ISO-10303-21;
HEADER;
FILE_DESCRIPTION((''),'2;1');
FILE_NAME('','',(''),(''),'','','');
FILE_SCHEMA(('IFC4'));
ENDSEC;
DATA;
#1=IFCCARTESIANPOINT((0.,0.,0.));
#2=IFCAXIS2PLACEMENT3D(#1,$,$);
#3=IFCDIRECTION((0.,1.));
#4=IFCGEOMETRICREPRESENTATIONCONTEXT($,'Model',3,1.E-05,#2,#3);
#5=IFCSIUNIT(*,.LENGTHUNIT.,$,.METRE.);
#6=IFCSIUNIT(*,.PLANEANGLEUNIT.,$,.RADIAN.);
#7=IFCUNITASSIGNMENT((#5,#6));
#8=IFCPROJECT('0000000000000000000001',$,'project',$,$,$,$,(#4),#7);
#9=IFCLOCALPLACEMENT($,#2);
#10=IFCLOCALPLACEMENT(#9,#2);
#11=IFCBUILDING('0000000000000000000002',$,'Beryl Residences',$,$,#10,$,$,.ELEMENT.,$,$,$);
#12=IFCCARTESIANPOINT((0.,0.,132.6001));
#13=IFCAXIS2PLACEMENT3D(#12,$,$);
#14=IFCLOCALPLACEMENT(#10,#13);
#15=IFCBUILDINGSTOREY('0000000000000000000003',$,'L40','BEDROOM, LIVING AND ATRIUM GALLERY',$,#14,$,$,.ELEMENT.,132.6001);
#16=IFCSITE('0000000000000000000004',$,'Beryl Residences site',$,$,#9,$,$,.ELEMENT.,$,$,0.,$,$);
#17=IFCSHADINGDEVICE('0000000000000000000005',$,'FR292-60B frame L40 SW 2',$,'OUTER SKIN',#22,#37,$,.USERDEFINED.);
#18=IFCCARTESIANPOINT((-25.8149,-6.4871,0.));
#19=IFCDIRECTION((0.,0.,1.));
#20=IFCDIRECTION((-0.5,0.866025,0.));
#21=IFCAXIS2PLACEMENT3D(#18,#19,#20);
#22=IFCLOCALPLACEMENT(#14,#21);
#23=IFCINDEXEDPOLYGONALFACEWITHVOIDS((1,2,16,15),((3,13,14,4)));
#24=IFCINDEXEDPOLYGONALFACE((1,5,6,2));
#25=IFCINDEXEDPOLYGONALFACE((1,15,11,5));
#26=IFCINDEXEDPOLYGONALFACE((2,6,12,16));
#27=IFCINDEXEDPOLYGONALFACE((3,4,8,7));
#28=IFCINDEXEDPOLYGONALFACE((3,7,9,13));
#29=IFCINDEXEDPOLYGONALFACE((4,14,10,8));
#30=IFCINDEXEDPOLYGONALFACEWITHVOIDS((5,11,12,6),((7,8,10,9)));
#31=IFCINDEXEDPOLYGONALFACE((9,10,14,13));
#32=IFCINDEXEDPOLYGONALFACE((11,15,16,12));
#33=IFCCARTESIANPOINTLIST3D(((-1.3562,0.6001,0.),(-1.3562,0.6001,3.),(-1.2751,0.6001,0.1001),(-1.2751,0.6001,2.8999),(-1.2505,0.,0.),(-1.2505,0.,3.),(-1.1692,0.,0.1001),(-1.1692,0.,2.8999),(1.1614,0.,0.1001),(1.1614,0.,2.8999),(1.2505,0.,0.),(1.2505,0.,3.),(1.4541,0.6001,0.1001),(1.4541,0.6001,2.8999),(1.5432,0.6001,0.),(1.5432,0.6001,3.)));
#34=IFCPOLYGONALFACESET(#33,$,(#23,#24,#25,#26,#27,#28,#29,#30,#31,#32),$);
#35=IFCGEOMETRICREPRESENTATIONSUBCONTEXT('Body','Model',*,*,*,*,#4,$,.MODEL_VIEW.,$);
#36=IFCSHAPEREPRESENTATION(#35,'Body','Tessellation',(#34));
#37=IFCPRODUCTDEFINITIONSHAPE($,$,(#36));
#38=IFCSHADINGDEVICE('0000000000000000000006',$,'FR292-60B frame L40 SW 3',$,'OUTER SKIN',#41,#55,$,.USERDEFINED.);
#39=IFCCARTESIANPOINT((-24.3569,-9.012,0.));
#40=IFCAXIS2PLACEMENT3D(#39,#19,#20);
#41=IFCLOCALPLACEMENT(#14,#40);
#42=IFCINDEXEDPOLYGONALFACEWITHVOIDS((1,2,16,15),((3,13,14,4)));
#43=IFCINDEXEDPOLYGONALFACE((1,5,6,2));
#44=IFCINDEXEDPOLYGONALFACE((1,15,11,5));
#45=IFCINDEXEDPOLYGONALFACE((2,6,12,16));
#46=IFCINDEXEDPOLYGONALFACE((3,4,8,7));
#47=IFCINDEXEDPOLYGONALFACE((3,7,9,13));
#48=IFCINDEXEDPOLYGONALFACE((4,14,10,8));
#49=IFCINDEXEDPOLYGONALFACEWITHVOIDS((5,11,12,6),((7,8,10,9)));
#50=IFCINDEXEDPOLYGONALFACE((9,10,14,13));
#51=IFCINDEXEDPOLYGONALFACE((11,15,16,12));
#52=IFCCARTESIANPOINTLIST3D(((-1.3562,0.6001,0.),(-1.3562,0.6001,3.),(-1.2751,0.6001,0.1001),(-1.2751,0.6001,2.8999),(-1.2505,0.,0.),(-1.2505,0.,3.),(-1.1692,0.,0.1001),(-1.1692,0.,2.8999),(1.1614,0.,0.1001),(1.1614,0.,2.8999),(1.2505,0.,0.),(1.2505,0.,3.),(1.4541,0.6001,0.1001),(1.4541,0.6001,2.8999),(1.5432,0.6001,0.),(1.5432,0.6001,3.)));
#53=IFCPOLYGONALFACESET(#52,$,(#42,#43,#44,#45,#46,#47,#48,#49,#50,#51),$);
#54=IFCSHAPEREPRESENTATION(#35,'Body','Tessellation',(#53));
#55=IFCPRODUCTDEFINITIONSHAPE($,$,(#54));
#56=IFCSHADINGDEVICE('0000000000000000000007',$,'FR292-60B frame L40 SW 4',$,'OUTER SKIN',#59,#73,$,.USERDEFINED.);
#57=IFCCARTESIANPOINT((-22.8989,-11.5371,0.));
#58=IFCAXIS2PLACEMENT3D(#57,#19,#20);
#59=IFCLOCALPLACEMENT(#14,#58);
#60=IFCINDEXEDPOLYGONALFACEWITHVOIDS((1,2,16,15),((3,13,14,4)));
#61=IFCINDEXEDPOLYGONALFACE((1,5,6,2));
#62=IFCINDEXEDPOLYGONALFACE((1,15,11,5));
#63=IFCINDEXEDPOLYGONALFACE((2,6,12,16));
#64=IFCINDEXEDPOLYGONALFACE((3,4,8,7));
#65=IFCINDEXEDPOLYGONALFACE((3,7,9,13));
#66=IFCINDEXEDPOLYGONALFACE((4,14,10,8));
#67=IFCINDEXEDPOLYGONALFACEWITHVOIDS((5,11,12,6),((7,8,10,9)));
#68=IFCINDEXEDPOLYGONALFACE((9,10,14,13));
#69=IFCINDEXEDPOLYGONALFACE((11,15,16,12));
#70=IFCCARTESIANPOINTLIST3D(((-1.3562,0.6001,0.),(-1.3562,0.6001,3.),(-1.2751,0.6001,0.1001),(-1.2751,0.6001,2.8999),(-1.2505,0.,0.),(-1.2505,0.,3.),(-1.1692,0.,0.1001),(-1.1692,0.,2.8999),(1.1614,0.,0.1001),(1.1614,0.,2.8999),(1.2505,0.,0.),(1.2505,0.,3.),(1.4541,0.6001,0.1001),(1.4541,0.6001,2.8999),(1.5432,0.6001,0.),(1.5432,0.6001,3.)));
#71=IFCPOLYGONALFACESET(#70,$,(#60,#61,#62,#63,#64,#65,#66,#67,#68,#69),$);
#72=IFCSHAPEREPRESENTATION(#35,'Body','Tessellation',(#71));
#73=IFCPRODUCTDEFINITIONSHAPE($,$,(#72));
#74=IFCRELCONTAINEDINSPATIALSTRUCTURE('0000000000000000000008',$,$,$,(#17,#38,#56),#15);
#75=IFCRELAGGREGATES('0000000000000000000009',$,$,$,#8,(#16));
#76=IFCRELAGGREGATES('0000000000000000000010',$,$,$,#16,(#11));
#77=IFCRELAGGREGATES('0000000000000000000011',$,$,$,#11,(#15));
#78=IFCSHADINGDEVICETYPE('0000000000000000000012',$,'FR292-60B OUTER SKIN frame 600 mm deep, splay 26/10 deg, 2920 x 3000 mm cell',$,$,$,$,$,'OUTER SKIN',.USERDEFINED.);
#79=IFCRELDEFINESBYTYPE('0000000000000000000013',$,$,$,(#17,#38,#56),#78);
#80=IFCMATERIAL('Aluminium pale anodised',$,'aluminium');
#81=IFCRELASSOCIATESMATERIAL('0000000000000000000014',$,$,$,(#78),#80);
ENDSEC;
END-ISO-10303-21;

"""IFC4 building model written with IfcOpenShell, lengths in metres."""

from ifc_helpers import new_model, entity, si_unit, direction, frame, origin, place, context, subcontext, project, spatial, source, transform, mapped, material, type_object, type_shapes, element, save


model = new_model("IFC4")

# Units and contexts
model_context = context("Model", 3, precision=1e-05, world=origin(), true_north=direction((0.0, 1.0)))
body_context = subcontext(model_context, "Body", "Model", "MODEL_VIEW")
ifc_project = project(units=[si_unit("LENGTHUNIT", "METRE"), si_unit("PLANEANGLEUNIT", "RADIAN")], contexts=[model_context])

# Site, building, storey
site_placement = place(None, origin())
site = spatial("IfcSite", under=ifc_project, at=site_placement, Name="Beryl Residences site", CompositionType="ELEMENT", RefElevation=0.0)
building_placement = place(site_placement, origin())
building = spatial("IfcBuilding", under=site, at=building_placement, Name="Beryl Residences", CompositionType="ELEMENT")
storey_placement = place(building_placement, frame((0.0, 0.0, 132.6001)))
storey = spatial("IfcBuildingStorey", under=building, at=storey_placement, Name="L40", Description="BEDROOM, LIVING AND ATRIUM GALLERY", CompositionType="ELEMENT", Elevation=132.6001)

# Shading devices
ifc_material_1 = material(Name="Aluminium pale anodised", Category="aluminium")
shading_device_type = type_object("IfcShadingDeviceType", Name="FR292-60B OUTER SKIN frame 600 mm deep, splay 26/10 deg, 2920 x 3000 mm cell", ElementType="OUTER SKIN", PredefinedType="USERDEFINED", material=ifc_material_1)
cartesian_point_1 = entity("IfcCartesianPoint", [-1.2505, 0.0])
cartesian_point_2 = entity("IfcCartesianPoint", [-1.1614, 0.1001])
cartesian_point_3 = entity("IfcCartesianPoint", [-1.5432, 0.0])
cartesian_point_4 = entity("IfcCartesianPoint", [-1.4541, 0.1001])
shared_shape = source(origin(), body_context, "Body", "SweptSolid", [
    entity("IfcExtrudedAreaSolidTapered", entity("IfcArbitraryProfileDefWithVoids", "AREA", None, entity("IfcPolyline", [cartesian_point_1, entity("IfcCartesianPoint", [1.2505, 0.0]), entity("IfcCartesianPoint", [1.2505, 3.0]), entity("IfcCartesianPoint", [-1.2505, 3.0]), cartesian_point_1]), [entity("IfcPolyline", [cartesian_point_2, entity("IfcCartesianPoint", [1.1692, 0.1001]), entity("IfcCartesianPoint", [1.1692, 2.8999]), entity("IfcCartesianPoint", [-1.1614, 2.8999]), cartesian_point_2])]), entity("IfcAxis2Placement3D", entity("IfcCartesianPoint", [0.0, 0.0, 0.0]), entity("IfcDirection", [0.0, 1.0, 0.0]), entity("IfcDirection", [-1.0, 0.0, 0.0])), entity("IfcDirection", [0.0, 0.0, 1.0]), 0.6001, entity("IfcArbitraryProfileDefWithVoids", "AREA", None, entity("IfcPolyline", [cartesian_point_3, entity("IfcCartesianPoint", [1.3562, 0.0]), entity("IfcCartesianPoint", [1.3562, 3.0]), entity("IfcCartesianPoint", [-1.5432, 3.0]), cartesian_point_3]), [entity("IfcPolyline", [cartesian_point_4, entity("IfcCartesianPoint", [1.2751, 0.1001]), entity("IfcCartesianPoint", [1.2751, 2.8999]), entity("IfcCartesianPoint", [-1.4541, 2.8999]), cartesian_point_4])])),
])
type_shapes(shading_device_type, [shared_shape])
for number, where, z_axis, x_axis, name in (
    (1, (-25.8149, -6.4871, 0.0), (0.0, 0.0, 1.0), (-0.5, 0.866025, 0.0), "FR292-60B frame L40 SW 2"),
    (2, (-24.3569, -9.012, 0.0), (0.0, 0.0, 1.0), (-0.5, 0.866025, 0.0), "FR292-60B frame L40 SW 3"),
    (3, (-22.8989, -11.5371, 0.0), (0.0, 0.0, 1.0), (-0.5, 0.866025, 0.0), "FR292-60B frame L40 SW 4"),
):
    element("IfcShadingDevice", number, at=place(storey_placement, frame(where, z_axis=z_axis, x_axis=x_axis)), inside=storey, type_object=shading_device_type, Name=name, ObjectType="OUTER SKIN", PredefinedType="USERDEFINED", context=body_context, shape_type="MappedRepresentation", body=[
        mapped(shared_shape, transform((0.0, 0.0, 0.0))),
    ])

save(model, "model.ifc")
